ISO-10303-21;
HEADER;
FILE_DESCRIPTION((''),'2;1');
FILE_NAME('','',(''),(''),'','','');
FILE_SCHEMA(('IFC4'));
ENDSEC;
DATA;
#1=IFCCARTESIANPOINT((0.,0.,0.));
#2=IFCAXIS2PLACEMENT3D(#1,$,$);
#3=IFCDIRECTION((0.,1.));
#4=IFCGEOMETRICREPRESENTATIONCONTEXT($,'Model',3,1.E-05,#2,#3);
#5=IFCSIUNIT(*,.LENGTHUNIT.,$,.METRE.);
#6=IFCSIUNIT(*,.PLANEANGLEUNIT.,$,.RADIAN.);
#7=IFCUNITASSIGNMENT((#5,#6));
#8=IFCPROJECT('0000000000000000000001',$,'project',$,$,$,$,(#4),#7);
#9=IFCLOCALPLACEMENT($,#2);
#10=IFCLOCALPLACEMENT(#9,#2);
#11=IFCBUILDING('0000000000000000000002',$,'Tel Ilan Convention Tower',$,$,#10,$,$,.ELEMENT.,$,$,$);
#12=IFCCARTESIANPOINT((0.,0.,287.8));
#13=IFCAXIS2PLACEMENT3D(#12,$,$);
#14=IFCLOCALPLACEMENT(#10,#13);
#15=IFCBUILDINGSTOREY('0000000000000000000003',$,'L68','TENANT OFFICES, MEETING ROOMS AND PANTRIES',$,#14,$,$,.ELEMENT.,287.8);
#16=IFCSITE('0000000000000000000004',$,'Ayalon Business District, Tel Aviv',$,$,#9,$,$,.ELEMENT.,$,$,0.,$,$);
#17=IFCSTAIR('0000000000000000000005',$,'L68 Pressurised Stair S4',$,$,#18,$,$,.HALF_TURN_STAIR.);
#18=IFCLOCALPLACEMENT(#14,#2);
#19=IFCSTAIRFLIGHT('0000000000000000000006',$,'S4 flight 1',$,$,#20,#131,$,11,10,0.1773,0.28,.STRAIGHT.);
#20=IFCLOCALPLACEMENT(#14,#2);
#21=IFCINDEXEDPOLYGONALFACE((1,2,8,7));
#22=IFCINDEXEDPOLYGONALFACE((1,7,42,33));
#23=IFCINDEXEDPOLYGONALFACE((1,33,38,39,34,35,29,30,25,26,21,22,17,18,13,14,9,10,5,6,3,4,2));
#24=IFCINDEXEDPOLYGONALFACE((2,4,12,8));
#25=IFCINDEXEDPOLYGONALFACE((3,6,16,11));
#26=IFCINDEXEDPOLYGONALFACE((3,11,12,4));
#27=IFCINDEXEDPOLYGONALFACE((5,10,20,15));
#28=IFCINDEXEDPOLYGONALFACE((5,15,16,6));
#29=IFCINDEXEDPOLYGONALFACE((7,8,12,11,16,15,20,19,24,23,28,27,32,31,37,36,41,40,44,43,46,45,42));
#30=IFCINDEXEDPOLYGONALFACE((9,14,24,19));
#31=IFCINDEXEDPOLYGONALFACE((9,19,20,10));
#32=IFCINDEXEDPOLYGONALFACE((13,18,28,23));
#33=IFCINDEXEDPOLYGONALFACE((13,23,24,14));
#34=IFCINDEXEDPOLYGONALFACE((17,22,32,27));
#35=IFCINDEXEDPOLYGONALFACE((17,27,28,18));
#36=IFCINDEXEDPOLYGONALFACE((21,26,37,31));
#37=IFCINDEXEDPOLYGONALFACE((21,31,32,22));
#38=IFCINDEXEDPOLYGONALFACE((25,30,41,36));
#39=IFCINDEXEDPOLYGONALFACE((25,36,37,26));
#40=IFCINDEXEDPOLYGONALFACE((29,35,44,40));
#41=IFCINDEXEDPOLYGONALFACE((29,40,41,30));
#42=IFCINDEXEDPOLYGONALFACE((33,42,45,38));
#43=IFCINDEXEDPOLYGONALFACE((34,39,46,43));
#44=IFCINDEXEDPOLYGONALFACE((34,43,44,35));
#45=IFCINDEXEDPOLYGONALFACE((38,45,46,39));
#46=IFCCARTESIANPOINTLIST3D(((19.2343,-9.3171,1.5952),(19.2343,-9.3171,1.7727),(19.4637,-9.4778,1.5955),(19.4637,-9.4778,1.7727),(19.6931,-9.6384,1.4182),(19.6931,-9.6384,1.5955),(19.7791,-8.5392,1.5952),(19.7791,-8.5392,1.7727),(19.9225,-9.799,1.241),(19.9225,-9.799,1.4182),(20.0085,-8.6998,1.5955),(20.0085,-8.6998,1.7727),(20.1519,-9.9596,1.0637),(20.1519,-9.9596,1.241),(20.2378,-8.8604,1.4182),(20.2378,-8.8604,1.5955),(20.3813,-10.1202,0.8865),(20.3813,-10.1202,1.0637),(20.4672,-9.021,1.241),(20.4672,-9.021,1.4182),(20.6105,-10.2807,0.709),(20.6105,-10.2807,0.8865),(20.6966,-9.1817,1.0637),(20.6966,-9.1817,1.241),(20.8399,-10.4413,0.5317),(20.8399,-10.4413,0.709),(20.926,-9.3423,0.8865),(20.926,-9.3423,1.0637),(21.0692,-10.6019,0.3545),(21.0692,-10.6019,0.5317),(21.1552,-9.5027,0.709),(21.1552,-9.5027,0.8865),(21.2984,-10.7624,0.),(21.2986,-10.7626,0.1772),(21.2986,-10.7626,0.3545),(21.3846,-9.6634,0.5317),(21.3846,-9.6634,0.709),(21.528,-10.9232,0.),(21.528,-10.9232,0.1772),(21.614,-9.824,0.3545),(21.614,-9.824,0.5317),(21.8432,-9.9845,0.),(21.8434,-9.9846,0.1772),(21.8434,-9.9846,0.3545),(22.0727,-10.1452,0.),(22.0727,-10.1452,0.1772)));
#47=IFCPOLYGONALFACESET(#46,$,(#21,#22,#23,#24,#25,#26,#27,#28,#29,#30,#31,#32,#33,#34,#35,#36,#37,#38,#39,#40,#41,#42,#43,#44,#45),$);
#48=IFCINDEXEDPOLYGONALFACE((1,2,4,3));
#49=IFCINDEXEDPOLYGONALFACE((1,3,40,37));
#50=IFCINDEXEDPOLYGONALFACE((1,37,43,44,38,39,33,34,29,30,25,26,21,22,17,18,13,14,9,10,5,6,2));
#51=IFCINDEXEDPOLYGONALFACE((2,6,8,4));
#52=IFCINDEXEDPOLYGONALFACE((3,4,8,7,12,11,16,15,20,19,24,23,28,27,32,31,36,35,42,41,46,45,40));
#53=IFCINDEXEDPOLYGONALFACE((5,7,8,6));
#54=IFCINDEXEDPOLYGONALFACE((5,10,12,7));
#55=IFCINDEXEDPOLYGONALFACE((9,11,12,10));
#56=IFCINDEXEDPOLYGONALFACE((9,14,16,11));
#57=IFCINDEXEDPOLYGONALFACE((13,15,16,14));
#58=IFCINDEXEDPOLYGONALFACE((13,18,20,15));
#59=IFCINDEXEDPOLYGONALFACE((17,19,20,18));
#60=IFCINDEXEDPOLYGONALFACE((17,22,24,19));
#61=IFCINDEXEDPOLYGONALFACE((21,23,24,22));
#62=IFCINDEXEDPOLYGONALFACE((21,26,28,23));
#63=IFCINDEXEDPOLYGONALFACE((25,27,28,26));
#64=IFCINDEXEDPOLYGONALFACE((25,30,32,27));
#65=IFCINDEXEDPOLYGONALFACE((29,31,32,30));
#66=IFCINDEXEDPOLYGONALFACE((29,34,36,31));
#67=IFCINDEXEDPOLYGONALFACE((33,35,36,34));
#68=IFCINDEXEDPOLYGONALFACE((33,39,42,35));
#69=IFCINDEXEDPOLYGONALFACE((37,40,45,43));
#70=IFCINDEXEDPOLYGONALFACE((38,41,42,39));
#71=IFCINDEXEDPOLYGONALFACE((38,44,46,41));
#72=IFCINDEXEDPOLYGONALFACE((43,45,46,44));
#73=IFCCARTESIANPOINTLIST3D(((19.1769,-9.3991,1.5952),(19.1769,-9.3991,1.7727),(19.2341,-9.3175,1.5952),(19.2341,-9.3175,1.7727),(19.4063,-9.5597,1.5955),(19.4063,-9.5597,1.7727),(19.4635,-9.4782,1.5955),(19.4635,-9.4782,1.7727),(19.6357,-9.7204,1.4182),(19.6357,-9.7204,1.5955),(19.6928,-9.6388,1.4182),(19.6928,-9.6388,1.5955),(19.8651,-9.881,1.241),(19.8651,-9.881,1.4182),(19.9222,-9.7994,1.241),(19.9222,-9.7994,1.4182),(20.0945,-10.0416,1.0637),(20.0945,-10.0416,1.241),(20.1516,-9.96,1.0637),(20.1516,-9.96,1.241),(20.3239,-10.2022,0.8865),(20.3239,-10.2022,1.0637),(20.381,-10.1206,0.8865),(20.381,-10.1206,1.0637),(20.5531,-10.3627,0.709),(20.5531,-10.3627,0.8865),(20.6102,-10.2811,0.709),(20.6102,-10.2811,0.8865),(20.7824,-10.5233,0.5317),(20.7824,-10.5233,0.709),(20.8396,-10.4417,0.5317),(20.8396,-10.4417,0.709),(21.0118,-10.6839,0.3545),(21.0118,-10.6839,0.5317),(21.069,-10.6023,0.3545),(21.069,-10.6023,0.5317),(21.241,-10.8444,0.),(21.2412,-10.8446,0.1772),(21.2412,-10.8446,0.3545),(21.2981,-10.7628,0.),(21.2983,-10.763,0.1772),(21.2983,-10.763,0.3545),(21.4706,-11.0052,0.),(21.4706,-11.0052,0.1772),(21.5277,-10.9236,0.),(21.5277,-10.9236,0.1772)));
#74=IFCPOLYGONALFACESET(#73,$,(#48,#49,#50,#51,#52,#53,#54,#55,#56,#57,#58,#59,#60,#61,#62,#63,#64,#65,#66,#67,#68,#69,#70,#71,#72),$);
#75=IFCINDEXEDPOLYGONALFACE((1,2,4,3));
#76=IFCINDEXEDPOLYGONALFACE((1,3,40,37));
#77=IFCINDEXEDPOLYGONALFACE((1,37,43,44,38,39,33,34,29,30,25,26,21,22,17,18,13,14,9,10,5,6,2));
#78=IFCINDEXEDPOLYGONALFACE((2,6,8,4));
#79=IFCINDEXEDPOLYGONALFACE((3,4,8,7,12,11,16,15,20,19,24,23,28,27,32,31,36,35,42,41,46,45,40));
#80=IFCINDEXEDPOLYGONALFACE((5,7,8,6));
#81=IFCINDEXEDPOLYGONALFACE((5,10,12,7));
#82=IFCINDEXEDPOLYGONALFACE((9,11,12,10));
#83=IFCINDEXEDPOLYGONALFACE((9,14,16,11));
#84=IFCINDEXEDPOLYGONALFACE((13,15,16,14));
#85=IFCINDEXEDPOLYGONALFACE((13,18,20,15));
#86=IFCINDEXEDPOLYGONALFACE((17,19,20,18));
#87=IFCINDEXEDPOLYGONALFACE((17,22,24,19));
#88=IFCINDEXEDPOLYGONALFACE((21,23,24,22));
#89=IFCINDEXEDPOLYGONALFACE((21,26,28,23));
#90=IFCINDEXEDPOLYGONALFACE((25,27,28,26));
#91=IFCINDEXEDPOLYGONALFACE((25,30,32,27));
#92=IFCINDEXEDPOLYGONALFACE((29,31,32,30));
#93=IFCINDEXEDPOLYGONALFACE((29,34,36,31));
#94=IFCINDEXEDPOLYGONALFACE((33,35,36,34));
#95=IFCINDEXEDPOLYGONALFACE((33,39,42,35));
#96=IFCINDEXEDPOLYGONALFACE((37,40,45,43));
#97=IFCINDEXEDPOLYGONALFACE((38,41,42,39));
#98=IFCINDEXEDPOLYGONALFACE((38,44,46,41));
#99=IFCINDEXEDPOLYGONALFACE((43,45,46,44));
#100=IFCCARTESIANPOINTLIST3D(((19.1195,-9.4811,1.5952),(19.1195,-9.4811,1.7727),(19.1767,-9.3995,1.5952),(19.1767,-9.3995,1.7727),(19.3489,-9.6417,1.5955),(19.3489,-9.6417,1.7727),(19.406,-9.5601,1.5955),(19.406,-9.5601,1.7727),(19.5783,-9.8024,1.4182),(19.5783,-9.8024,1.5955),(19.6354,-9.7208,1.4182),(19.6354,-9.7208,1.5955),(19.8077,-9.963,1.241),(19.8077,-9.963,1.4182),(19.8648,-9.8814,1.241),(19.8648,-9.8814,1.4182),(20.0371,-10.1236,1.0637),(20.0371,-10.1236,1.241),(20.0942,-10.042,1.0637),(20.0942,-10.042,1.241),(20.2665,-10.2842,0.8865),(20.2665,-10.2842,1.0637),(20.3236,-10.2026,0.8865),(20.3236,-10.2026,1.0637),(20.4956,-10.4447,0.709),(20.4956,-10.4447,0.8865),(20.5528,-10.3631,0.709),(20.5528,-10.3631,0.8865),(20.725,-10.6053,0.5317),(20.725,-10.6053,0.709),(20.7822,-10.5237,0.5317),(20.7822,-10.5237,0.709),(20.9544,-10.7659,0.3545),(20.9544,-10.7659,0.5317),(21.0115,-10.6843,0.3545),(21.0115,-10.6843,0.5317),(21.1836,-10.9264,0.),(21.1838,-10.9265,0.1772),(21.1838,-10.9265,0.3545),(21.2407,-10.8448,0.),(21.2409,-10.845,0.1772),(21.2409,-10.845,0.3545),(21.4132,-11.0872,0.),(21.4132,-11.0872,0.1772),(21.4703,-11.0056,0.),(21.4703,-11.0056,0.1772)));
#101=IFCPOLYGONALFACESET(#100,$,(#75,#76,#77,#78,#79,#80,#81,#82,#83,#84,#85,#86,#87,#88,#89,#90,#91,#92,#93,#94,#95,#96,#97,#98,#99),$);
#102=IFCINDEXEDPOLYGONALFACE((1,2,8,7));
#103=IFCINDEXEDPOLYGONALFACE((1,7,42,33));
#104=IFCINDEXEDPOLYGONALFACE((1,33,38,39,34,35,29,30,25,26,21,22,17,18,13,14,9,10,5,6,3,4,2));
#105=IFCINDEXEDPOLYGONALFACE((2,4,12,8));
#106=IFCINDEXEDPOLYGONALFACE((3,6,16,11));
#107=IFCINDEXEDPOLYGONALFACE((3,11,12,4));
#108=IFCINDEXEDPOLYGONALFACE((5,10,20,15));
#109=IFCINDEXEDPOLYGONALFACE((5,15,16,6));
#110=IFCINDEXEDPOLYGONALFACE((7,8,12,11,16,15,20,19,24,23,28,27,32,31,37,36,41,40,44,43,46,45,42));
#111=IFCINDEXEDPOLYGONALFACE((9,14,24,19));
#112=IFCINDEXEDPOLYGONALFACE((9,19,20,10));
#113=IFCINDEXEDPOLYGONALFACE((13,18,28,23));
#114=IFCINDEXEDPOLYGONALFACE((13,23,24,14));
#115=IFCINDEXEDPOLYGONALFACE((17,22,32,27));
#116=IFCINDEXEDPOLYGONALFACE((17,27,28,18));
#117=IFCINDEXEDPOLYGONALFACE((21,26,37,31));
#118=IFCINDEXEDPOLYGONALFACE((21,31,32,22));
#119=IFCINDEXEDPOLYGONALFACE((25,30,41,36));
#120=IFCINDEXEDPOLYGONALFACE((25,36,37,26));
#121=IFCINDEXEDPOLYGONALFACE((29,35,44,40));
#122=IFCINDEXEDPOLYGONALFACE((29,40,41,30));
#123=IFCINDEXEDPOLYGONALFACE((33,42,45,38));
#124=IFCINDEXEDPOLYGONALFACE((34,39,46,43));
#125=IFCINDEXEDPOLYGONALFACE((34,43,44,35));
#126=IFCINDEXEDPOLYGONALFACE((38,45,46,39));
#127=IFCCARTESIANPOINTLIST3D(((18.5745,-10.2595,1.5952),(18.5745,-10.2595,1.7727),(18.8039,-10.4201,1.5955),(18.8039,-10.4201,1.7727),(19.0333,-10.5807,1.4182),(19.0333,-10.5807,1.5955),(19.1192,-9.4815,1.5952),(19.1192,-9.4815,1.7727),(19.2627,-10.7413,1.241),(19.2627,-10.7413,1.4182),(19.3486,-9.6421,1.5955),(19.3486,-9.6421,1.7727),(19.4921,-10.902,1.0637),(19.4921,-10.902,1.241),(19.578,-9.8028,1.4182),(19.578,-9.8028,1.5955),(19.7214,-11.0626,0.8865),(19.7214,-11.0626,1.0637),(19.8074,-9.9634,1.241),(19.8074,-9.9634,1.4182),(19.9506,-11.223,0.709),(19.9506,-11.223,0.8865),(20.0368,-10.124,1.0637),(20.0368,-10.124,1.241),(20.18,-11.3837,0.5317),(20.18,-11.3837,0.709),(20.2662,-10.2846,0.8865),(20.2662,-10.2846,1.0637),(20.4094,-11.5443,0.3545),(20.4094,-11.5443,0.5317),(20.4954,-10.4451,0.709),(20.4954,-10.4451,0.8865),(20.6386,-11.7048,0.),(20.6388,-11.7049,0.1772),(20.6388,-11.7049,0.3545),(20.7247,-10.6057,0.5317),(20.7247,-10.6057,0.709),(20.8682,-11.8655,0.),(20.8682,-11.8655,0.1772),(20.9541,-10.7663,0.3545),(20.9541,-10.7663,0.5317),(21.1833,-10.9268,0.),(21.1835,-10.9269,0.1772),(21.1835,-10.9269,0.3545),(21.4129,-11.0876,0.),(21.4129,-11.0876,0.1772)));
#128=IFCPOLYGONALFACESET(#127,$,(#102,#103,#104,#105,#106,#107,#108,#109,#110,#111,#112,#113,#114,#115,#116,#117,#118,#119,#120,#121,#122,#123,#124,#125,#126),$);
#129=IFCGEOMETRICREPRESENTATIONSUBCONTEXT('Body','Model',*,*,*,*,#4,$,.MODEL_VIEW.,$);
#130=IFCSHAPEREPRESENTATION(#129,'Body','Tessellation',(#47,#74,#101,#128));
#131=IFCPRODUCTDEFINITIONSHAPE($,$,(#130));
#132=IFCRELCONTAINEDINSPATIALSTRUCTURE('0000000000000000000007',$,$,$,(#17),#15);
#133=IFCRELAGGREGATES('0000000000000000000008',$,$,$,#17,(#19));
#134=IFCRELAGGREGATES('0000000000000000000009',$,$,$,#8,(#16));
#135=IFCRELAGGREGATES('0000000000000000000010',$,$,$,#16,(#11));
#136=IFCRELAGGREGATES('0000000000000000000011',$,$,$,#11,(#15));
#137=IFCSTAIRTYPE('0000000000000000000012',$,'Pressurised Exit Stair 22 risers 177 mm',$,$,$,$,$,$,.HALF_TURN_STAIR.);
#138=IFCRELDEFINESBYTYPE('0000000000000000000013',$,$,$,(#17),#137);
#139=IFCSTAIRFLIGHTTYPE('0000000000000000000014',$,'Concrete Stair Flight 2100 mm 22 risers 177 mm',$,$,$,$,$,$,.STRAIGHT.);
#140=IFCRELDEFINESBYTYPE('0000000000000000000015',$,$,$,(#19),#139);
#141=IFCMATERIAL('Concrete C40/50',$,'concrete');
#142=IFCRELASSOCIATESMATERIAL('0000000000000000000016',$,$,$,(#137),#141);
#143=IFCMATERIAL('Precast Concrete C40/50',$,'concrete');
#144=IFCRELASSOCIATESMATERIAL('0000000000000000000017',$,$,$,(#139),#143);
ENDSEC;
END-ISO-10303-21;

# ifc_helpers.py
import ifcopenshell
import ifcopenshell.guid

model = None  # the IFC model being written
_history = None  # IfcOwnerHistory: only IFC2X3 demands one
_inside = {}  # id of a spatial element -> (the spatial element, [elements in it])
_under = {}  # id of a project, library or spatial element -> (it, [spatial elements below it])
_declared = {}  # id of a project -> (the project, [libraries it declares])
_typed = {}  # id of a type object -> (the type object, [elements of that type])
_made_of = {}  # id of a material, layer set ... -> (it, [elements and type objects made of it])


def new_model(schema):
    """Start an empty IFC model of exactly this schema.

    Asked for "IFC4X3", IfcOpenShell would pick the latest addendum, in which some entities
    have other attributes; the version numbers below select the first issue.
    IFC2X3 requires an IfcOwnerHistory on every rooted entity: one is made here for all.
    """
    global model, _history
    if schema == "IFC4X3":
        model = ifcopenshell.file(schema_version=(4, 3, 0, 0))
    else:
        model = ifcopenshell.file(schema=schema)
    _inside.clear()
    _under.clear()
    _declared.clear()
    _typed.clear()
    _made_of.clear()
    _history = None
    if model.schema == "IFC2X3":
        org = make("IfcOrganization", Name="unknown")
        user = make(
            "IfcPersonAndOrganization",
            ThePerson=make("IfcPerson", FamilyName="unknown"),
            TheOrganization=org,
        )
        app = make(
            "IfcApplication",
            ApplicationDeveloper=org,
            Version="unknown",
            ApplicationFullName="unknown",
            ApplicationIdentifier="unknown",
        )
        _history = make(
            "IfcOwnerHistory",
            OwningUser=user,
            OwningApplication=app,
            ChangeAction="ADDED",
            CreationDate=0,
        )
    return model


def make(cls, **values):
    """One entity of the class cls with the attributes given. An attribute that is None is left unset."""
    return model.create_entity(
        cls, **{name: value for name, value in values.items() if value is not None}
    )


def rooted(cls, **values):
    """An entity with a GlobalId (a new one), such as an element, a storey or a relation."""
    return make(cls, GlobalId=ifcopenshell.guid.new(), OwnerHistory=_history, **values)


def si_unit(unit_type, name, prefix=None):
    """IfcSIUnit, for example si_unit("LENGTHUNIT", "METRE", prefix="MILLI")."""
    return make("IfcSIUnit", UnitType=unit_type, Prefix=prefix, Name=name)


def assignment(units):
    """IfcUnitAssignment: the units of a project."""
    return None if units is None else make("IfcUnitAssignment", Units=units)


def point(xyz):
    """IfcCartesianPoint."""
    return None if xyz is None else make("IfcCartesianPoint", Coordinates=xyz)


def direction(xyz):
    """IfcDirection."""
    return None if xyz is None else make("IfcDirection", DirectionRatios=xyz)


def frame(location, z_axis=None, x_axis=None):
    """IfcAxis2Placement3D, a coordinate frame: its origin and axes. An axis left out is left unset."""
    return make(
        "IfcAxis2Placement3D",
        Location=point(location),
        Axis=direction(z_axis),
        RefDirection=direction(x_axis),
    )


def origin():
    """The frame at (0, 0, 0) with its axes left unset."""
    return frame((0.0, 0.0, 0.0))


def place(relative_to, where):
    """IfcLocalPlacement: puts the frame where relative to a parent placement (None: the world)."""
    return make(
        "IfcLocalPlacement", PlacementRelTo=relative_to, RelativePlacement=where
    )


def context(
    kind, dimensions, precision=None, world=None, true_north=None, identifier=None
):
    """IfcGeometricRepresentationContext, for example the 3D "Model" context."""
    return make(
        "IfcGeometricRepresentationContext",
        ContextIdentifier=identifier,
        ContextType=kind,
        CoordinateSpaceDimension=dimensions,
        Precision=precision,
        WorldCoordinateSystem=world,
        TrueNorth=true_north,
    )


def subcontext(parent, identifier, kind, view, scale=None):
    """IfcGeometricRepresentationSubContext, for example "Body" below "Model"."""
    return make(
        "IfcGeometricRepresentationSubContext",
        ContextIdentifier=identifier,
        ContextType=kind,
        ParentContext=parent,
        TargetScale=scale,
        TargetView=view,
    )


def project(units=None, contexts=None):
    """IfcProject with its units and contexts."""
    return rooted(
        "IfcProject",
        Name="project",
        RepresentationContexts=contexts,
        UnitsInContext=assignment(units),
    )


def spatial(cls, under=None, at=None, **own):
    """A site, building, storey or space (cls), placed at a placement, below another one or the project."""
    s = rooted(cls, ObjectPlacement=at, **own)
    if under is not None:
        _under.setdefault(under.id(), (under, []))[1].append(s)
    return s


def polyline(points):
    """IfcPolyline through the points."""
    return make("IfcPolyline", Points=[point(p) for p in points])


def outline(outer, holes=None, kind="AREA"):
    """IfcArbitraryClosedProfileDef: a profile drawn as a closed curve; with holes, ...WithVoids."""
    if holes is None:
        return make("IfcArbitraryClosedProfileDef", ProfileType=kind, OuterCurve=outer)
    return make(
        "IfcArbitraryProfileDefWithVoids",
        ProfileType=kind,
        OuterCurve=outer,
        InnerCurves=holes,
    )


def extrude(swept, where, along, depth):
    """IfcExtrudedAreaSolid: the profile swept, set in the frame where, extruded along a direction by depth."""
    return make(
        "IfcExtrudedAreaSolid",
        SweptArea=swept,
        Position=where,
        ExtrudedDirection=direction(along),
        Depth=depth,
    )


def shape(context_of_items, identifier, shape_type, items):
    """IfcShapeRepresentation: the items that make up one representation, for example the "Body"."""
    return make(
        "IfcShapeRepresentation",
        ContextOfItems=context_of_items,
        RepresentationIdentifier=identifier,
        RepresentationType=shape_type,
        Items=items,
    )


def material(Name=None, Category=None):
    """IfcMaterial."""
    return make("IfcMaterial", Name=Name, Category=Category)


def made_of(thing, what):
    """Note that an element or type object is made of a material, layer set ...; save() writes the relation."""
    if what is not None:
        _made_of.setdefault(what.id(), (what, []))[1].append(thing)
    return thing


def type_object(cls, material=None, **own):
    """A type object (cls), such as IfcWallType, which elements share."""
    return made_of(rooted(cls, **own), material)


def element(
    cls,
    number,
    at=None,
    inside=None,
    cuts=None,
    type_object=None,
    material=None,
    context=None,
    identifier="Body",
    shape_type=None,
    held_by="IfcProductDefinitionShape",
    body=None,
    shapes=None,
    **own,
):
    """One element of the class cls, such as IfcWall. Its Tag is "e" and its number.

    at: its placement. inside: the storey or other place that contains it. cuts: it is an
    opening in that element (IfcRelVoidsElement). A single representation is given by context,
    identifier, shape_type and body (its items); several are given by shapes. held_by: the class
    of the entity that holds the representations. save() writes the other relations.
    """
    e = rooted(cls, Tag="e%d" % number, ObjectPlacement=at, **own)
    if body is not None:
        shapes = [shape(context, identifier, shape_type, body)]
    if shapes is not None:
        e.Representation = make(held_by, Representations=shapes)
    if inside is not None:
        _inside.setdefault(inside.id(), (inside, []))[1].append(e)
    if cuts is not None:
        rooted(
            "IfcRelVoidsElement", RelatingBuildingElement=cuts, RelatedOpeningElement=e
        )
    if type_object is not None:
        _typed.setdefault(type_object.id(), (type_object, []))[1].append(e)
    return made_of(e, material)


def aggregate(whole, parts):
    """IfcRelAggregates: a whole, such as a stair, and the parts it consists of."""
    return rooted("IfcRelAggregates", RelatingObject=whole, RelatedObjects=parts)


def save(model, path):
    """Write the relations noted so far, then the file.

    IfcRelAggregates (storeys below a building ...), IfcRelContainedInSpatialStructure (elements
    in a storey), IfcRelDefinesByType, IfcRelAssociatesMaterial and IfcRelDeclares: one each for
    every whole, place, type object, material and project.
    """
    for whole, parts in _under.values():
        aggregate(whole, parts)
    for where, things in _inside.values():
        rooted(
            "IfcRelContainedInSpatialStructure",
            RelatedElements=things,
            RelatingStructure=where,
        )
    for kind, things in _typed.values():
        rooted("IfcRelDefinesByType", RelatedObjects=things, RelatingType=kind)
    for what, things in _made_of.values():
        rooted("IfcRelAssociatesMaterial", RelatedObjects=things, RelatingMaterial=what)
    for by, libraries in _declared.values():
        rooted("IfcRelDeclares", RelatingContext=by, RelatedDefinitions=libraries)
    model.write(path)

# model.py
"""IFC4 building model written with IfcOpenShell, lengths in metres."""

from ifc_helpers import new_model, si_unit, direction, frame, origin, place, context, subcontext, project, spatial, polyline, outline, extrude, material, type_object, element, aggregate, save


model = new_model("IFC4")

# Units and contexts
model_context = context("Model", 3, precision=1e-05, world=origin(), true_north=direction((0.0, 1.0)))
body_context = subcontext(model_context, "Body", "Model", "MODEL_VIEW")
ifc_project = project(units=[si_unit("LENGTHUNIT", "METRE"), si_unit("PLANEANGLEUNIT", "RADIAN")], contexts=[model_context])

# Site, building, storey
site_placement = place(None, origin())
site = spatial("IfcSite", under=ifc_project, at=site_placement, Name="Ayalon Business District, Tel Aviv", CompositionType="ELEMENT", RefElevation=0.0)
building_placement = place(site_placement, origin())
building = spatial("IfcBuilding", under=site, at=building_placement, Name="Tel Ilan Convention Tower", CompositionType="ELEMENT")
storey_placement = place(building_placement, frame((0.0, 0.0, 287.8)))
storey = spatial("IfcBuildingStorey", under=building, at=storey_placement, Name="L68", Description="TENANT OFFICES, MEETING ROOMS AND PANTRIES", CompositionType="ELEMENT", Elevation=287.8)

# Shared definitions
ifc_material_1 = material(Name="Concrete C40/50", Category="concrete")
stair_type = type_object("IfcStairType", Name="Pressurised Exit Stair 22 risers 177 mm", PredefinedType="HALF_TURN_STAIR", material=ifc_material_1)
ifc_material_2 = material(Name="Precast Concrete C40/50", Category="concrete")
stair_flight_type = type_object("IfcStairFlightType", Name="Concrete Stair Flight 2100 mm 22 risers 177 mm", PredefinedType="STRAIGHT", material=ifc_material_2)

# Stair, stair flight
stair_1_placement = place(storey_placement, origin())
stair_1 = element("IfcStair", 1, at=stair_1_placement, inside=storey, type_object=stair_type, Name="L68 Pressurised Stair S4", PredefinedType="HALF_TURN_STAIR")
stair_flight_1_placement = place(storey_placement, frame((21.4705, -11.0054, 0.0), z_axis=(0.0, 0.0, 1.0), x_axis=(-0.819152, 0.573576, 0.0)))
stair_flight_1 = element("IfcStairFlight", 2, at=stair_flight_1_placement, type_object=stair_flight_type, Name="S4 flight 1", NumberOfRisers=11, NumberOfTreads=10, PredefinedType="STRAIGHT", RiserHeight=0.1773, TreadLength=0.28, context=body_context, shape_type="SweptSolid", body=[
    extrude(outline(polyline([(0.0, 0.0), (0.0, 0.1772), (0.28, 0.1772), (0.28, 0.3545), (0.5601, 0.3545), (0.5601, 0.5317), (0.8401, 0.5317), (0.8401, 0.709), (1.1201, 0.709), (1.1201, 0.8865), (1.3999, 0.8865), (1.3999, 1.0637), (1.6799, 1.0637), (1.6799, 1.241), (1.96, 1.241), (1.96, 1.4182), (2.24, 1.4182), (2.24, 1.5955), (2.52, 1.5955), (2.52, 1.7727), (2.8, 1.7727), (2.8, 1.95), (2.8, 1.5952), (0.2803, 0.0), (0.0, 0.0)])), frame((0.0, -0.1003, 0.0), z_axis=(0.0, -1.0, 0.0), x_axis=(1.0, 0.0, 0.0)), (0.0, 0.0, 1.0), 0.9497),
    extrude(outline(polyline([(0.0, 0.0), (0.0, 0.1772), (0.28, 0.1772), (0.28, 0.3545), (0.5601, 0.3545), (0.5601, 0.5317), (0.8401, 0.5317), (0.8401, 0.709), (1.1201, 0.709), (1.1201, 0.8865), (1.3999, 0.8865), (1.3999, 1.0637), (1.6799, 1.0637), (1.6799, 1.241), (1.96, 1.241), (1.96, 1.4182), (2.24, 1.4182), (2.24, 1.5955), (2.52, 1.5955), (2.52, 1.7727), (2.8, 1.7727), (2.8, 1.95), (2.8, 1.5952), (0.2803, 0.0), (0.0, 0.0)])), frame((0.0, -0.0002, 0.0), z_axis=(0.0, -1.0, 0.0), x_axis=(1.0, 0.0, 0.0)), (0.0, 0.0, 1.0), 0.0996),
    extrude(outline(polyline([(0.0, 0.0), (0.0, 0.1772), (0.28, 0.1772), (0.28, 0.3545), (0.5601, 0.3545), (0.5601, 0.5317), (0.8401, 0.5317), (0.8401, 0.709), (1.1201, 0.709), (1.1201, 0.8865), (1.3999, 0.8865), (1.3999, 1.0637), (1.6799, 1.0637), (1.6799, 1.241), (1.96, 1.241), (1.96, 1.4182), (2.24, 1.4182), (2.24, 1.5955), (2.52, 1.5955), (2.52, 1.7727), (2.8, 1.7727), (2.8, 1.95), (2.8, 1.5952), (0.2803, 0.0), (0.0, 0.0)])), frame((0.0, 0.0999, 0.0), z_axis=(0.0, -1.0, 0.0), x_axis=(1.0, 0.0, 0.0)), (0.0, 0.0, 1.0), 0.0996),
    extrude(outline(polyline([(0.0, 0.0), (0.0, 0.1772), (0.28, 0.1772), (0.28, 0.3545), (0.5601, 0.3545), (0.5601, 0.5317), (0.8401, 0.5317), (0.8401, 0.709), (1.1201, 0.709), (1.1201, 0.8865), (1.3999, 0.8865), (1.3999, 1.0637), (1.6799, 1.0637), (1.6799, 1.241), (1.96, 1.241), (1.96, 1.4182), (2.24, 1.4182), (2.24, 1.5955), (2.52, 1.5955), (2.52, 1.7727), (2.8, 1.7727), (2.8, 1.95), (2.8, 1.5952), (0.2803, 0.0), (0.0, 0.0)])), frame((0.0, 1.05, 0.0), z_axis=(0.0, -1.0, 0.0), x_axis=(1.0, 0.0, 0.0)), (0.0, 0.0, 1.0), 0.9497),
])
aggregate(stair_1, [stair_flight_1])

save(model, "model.ifc")
